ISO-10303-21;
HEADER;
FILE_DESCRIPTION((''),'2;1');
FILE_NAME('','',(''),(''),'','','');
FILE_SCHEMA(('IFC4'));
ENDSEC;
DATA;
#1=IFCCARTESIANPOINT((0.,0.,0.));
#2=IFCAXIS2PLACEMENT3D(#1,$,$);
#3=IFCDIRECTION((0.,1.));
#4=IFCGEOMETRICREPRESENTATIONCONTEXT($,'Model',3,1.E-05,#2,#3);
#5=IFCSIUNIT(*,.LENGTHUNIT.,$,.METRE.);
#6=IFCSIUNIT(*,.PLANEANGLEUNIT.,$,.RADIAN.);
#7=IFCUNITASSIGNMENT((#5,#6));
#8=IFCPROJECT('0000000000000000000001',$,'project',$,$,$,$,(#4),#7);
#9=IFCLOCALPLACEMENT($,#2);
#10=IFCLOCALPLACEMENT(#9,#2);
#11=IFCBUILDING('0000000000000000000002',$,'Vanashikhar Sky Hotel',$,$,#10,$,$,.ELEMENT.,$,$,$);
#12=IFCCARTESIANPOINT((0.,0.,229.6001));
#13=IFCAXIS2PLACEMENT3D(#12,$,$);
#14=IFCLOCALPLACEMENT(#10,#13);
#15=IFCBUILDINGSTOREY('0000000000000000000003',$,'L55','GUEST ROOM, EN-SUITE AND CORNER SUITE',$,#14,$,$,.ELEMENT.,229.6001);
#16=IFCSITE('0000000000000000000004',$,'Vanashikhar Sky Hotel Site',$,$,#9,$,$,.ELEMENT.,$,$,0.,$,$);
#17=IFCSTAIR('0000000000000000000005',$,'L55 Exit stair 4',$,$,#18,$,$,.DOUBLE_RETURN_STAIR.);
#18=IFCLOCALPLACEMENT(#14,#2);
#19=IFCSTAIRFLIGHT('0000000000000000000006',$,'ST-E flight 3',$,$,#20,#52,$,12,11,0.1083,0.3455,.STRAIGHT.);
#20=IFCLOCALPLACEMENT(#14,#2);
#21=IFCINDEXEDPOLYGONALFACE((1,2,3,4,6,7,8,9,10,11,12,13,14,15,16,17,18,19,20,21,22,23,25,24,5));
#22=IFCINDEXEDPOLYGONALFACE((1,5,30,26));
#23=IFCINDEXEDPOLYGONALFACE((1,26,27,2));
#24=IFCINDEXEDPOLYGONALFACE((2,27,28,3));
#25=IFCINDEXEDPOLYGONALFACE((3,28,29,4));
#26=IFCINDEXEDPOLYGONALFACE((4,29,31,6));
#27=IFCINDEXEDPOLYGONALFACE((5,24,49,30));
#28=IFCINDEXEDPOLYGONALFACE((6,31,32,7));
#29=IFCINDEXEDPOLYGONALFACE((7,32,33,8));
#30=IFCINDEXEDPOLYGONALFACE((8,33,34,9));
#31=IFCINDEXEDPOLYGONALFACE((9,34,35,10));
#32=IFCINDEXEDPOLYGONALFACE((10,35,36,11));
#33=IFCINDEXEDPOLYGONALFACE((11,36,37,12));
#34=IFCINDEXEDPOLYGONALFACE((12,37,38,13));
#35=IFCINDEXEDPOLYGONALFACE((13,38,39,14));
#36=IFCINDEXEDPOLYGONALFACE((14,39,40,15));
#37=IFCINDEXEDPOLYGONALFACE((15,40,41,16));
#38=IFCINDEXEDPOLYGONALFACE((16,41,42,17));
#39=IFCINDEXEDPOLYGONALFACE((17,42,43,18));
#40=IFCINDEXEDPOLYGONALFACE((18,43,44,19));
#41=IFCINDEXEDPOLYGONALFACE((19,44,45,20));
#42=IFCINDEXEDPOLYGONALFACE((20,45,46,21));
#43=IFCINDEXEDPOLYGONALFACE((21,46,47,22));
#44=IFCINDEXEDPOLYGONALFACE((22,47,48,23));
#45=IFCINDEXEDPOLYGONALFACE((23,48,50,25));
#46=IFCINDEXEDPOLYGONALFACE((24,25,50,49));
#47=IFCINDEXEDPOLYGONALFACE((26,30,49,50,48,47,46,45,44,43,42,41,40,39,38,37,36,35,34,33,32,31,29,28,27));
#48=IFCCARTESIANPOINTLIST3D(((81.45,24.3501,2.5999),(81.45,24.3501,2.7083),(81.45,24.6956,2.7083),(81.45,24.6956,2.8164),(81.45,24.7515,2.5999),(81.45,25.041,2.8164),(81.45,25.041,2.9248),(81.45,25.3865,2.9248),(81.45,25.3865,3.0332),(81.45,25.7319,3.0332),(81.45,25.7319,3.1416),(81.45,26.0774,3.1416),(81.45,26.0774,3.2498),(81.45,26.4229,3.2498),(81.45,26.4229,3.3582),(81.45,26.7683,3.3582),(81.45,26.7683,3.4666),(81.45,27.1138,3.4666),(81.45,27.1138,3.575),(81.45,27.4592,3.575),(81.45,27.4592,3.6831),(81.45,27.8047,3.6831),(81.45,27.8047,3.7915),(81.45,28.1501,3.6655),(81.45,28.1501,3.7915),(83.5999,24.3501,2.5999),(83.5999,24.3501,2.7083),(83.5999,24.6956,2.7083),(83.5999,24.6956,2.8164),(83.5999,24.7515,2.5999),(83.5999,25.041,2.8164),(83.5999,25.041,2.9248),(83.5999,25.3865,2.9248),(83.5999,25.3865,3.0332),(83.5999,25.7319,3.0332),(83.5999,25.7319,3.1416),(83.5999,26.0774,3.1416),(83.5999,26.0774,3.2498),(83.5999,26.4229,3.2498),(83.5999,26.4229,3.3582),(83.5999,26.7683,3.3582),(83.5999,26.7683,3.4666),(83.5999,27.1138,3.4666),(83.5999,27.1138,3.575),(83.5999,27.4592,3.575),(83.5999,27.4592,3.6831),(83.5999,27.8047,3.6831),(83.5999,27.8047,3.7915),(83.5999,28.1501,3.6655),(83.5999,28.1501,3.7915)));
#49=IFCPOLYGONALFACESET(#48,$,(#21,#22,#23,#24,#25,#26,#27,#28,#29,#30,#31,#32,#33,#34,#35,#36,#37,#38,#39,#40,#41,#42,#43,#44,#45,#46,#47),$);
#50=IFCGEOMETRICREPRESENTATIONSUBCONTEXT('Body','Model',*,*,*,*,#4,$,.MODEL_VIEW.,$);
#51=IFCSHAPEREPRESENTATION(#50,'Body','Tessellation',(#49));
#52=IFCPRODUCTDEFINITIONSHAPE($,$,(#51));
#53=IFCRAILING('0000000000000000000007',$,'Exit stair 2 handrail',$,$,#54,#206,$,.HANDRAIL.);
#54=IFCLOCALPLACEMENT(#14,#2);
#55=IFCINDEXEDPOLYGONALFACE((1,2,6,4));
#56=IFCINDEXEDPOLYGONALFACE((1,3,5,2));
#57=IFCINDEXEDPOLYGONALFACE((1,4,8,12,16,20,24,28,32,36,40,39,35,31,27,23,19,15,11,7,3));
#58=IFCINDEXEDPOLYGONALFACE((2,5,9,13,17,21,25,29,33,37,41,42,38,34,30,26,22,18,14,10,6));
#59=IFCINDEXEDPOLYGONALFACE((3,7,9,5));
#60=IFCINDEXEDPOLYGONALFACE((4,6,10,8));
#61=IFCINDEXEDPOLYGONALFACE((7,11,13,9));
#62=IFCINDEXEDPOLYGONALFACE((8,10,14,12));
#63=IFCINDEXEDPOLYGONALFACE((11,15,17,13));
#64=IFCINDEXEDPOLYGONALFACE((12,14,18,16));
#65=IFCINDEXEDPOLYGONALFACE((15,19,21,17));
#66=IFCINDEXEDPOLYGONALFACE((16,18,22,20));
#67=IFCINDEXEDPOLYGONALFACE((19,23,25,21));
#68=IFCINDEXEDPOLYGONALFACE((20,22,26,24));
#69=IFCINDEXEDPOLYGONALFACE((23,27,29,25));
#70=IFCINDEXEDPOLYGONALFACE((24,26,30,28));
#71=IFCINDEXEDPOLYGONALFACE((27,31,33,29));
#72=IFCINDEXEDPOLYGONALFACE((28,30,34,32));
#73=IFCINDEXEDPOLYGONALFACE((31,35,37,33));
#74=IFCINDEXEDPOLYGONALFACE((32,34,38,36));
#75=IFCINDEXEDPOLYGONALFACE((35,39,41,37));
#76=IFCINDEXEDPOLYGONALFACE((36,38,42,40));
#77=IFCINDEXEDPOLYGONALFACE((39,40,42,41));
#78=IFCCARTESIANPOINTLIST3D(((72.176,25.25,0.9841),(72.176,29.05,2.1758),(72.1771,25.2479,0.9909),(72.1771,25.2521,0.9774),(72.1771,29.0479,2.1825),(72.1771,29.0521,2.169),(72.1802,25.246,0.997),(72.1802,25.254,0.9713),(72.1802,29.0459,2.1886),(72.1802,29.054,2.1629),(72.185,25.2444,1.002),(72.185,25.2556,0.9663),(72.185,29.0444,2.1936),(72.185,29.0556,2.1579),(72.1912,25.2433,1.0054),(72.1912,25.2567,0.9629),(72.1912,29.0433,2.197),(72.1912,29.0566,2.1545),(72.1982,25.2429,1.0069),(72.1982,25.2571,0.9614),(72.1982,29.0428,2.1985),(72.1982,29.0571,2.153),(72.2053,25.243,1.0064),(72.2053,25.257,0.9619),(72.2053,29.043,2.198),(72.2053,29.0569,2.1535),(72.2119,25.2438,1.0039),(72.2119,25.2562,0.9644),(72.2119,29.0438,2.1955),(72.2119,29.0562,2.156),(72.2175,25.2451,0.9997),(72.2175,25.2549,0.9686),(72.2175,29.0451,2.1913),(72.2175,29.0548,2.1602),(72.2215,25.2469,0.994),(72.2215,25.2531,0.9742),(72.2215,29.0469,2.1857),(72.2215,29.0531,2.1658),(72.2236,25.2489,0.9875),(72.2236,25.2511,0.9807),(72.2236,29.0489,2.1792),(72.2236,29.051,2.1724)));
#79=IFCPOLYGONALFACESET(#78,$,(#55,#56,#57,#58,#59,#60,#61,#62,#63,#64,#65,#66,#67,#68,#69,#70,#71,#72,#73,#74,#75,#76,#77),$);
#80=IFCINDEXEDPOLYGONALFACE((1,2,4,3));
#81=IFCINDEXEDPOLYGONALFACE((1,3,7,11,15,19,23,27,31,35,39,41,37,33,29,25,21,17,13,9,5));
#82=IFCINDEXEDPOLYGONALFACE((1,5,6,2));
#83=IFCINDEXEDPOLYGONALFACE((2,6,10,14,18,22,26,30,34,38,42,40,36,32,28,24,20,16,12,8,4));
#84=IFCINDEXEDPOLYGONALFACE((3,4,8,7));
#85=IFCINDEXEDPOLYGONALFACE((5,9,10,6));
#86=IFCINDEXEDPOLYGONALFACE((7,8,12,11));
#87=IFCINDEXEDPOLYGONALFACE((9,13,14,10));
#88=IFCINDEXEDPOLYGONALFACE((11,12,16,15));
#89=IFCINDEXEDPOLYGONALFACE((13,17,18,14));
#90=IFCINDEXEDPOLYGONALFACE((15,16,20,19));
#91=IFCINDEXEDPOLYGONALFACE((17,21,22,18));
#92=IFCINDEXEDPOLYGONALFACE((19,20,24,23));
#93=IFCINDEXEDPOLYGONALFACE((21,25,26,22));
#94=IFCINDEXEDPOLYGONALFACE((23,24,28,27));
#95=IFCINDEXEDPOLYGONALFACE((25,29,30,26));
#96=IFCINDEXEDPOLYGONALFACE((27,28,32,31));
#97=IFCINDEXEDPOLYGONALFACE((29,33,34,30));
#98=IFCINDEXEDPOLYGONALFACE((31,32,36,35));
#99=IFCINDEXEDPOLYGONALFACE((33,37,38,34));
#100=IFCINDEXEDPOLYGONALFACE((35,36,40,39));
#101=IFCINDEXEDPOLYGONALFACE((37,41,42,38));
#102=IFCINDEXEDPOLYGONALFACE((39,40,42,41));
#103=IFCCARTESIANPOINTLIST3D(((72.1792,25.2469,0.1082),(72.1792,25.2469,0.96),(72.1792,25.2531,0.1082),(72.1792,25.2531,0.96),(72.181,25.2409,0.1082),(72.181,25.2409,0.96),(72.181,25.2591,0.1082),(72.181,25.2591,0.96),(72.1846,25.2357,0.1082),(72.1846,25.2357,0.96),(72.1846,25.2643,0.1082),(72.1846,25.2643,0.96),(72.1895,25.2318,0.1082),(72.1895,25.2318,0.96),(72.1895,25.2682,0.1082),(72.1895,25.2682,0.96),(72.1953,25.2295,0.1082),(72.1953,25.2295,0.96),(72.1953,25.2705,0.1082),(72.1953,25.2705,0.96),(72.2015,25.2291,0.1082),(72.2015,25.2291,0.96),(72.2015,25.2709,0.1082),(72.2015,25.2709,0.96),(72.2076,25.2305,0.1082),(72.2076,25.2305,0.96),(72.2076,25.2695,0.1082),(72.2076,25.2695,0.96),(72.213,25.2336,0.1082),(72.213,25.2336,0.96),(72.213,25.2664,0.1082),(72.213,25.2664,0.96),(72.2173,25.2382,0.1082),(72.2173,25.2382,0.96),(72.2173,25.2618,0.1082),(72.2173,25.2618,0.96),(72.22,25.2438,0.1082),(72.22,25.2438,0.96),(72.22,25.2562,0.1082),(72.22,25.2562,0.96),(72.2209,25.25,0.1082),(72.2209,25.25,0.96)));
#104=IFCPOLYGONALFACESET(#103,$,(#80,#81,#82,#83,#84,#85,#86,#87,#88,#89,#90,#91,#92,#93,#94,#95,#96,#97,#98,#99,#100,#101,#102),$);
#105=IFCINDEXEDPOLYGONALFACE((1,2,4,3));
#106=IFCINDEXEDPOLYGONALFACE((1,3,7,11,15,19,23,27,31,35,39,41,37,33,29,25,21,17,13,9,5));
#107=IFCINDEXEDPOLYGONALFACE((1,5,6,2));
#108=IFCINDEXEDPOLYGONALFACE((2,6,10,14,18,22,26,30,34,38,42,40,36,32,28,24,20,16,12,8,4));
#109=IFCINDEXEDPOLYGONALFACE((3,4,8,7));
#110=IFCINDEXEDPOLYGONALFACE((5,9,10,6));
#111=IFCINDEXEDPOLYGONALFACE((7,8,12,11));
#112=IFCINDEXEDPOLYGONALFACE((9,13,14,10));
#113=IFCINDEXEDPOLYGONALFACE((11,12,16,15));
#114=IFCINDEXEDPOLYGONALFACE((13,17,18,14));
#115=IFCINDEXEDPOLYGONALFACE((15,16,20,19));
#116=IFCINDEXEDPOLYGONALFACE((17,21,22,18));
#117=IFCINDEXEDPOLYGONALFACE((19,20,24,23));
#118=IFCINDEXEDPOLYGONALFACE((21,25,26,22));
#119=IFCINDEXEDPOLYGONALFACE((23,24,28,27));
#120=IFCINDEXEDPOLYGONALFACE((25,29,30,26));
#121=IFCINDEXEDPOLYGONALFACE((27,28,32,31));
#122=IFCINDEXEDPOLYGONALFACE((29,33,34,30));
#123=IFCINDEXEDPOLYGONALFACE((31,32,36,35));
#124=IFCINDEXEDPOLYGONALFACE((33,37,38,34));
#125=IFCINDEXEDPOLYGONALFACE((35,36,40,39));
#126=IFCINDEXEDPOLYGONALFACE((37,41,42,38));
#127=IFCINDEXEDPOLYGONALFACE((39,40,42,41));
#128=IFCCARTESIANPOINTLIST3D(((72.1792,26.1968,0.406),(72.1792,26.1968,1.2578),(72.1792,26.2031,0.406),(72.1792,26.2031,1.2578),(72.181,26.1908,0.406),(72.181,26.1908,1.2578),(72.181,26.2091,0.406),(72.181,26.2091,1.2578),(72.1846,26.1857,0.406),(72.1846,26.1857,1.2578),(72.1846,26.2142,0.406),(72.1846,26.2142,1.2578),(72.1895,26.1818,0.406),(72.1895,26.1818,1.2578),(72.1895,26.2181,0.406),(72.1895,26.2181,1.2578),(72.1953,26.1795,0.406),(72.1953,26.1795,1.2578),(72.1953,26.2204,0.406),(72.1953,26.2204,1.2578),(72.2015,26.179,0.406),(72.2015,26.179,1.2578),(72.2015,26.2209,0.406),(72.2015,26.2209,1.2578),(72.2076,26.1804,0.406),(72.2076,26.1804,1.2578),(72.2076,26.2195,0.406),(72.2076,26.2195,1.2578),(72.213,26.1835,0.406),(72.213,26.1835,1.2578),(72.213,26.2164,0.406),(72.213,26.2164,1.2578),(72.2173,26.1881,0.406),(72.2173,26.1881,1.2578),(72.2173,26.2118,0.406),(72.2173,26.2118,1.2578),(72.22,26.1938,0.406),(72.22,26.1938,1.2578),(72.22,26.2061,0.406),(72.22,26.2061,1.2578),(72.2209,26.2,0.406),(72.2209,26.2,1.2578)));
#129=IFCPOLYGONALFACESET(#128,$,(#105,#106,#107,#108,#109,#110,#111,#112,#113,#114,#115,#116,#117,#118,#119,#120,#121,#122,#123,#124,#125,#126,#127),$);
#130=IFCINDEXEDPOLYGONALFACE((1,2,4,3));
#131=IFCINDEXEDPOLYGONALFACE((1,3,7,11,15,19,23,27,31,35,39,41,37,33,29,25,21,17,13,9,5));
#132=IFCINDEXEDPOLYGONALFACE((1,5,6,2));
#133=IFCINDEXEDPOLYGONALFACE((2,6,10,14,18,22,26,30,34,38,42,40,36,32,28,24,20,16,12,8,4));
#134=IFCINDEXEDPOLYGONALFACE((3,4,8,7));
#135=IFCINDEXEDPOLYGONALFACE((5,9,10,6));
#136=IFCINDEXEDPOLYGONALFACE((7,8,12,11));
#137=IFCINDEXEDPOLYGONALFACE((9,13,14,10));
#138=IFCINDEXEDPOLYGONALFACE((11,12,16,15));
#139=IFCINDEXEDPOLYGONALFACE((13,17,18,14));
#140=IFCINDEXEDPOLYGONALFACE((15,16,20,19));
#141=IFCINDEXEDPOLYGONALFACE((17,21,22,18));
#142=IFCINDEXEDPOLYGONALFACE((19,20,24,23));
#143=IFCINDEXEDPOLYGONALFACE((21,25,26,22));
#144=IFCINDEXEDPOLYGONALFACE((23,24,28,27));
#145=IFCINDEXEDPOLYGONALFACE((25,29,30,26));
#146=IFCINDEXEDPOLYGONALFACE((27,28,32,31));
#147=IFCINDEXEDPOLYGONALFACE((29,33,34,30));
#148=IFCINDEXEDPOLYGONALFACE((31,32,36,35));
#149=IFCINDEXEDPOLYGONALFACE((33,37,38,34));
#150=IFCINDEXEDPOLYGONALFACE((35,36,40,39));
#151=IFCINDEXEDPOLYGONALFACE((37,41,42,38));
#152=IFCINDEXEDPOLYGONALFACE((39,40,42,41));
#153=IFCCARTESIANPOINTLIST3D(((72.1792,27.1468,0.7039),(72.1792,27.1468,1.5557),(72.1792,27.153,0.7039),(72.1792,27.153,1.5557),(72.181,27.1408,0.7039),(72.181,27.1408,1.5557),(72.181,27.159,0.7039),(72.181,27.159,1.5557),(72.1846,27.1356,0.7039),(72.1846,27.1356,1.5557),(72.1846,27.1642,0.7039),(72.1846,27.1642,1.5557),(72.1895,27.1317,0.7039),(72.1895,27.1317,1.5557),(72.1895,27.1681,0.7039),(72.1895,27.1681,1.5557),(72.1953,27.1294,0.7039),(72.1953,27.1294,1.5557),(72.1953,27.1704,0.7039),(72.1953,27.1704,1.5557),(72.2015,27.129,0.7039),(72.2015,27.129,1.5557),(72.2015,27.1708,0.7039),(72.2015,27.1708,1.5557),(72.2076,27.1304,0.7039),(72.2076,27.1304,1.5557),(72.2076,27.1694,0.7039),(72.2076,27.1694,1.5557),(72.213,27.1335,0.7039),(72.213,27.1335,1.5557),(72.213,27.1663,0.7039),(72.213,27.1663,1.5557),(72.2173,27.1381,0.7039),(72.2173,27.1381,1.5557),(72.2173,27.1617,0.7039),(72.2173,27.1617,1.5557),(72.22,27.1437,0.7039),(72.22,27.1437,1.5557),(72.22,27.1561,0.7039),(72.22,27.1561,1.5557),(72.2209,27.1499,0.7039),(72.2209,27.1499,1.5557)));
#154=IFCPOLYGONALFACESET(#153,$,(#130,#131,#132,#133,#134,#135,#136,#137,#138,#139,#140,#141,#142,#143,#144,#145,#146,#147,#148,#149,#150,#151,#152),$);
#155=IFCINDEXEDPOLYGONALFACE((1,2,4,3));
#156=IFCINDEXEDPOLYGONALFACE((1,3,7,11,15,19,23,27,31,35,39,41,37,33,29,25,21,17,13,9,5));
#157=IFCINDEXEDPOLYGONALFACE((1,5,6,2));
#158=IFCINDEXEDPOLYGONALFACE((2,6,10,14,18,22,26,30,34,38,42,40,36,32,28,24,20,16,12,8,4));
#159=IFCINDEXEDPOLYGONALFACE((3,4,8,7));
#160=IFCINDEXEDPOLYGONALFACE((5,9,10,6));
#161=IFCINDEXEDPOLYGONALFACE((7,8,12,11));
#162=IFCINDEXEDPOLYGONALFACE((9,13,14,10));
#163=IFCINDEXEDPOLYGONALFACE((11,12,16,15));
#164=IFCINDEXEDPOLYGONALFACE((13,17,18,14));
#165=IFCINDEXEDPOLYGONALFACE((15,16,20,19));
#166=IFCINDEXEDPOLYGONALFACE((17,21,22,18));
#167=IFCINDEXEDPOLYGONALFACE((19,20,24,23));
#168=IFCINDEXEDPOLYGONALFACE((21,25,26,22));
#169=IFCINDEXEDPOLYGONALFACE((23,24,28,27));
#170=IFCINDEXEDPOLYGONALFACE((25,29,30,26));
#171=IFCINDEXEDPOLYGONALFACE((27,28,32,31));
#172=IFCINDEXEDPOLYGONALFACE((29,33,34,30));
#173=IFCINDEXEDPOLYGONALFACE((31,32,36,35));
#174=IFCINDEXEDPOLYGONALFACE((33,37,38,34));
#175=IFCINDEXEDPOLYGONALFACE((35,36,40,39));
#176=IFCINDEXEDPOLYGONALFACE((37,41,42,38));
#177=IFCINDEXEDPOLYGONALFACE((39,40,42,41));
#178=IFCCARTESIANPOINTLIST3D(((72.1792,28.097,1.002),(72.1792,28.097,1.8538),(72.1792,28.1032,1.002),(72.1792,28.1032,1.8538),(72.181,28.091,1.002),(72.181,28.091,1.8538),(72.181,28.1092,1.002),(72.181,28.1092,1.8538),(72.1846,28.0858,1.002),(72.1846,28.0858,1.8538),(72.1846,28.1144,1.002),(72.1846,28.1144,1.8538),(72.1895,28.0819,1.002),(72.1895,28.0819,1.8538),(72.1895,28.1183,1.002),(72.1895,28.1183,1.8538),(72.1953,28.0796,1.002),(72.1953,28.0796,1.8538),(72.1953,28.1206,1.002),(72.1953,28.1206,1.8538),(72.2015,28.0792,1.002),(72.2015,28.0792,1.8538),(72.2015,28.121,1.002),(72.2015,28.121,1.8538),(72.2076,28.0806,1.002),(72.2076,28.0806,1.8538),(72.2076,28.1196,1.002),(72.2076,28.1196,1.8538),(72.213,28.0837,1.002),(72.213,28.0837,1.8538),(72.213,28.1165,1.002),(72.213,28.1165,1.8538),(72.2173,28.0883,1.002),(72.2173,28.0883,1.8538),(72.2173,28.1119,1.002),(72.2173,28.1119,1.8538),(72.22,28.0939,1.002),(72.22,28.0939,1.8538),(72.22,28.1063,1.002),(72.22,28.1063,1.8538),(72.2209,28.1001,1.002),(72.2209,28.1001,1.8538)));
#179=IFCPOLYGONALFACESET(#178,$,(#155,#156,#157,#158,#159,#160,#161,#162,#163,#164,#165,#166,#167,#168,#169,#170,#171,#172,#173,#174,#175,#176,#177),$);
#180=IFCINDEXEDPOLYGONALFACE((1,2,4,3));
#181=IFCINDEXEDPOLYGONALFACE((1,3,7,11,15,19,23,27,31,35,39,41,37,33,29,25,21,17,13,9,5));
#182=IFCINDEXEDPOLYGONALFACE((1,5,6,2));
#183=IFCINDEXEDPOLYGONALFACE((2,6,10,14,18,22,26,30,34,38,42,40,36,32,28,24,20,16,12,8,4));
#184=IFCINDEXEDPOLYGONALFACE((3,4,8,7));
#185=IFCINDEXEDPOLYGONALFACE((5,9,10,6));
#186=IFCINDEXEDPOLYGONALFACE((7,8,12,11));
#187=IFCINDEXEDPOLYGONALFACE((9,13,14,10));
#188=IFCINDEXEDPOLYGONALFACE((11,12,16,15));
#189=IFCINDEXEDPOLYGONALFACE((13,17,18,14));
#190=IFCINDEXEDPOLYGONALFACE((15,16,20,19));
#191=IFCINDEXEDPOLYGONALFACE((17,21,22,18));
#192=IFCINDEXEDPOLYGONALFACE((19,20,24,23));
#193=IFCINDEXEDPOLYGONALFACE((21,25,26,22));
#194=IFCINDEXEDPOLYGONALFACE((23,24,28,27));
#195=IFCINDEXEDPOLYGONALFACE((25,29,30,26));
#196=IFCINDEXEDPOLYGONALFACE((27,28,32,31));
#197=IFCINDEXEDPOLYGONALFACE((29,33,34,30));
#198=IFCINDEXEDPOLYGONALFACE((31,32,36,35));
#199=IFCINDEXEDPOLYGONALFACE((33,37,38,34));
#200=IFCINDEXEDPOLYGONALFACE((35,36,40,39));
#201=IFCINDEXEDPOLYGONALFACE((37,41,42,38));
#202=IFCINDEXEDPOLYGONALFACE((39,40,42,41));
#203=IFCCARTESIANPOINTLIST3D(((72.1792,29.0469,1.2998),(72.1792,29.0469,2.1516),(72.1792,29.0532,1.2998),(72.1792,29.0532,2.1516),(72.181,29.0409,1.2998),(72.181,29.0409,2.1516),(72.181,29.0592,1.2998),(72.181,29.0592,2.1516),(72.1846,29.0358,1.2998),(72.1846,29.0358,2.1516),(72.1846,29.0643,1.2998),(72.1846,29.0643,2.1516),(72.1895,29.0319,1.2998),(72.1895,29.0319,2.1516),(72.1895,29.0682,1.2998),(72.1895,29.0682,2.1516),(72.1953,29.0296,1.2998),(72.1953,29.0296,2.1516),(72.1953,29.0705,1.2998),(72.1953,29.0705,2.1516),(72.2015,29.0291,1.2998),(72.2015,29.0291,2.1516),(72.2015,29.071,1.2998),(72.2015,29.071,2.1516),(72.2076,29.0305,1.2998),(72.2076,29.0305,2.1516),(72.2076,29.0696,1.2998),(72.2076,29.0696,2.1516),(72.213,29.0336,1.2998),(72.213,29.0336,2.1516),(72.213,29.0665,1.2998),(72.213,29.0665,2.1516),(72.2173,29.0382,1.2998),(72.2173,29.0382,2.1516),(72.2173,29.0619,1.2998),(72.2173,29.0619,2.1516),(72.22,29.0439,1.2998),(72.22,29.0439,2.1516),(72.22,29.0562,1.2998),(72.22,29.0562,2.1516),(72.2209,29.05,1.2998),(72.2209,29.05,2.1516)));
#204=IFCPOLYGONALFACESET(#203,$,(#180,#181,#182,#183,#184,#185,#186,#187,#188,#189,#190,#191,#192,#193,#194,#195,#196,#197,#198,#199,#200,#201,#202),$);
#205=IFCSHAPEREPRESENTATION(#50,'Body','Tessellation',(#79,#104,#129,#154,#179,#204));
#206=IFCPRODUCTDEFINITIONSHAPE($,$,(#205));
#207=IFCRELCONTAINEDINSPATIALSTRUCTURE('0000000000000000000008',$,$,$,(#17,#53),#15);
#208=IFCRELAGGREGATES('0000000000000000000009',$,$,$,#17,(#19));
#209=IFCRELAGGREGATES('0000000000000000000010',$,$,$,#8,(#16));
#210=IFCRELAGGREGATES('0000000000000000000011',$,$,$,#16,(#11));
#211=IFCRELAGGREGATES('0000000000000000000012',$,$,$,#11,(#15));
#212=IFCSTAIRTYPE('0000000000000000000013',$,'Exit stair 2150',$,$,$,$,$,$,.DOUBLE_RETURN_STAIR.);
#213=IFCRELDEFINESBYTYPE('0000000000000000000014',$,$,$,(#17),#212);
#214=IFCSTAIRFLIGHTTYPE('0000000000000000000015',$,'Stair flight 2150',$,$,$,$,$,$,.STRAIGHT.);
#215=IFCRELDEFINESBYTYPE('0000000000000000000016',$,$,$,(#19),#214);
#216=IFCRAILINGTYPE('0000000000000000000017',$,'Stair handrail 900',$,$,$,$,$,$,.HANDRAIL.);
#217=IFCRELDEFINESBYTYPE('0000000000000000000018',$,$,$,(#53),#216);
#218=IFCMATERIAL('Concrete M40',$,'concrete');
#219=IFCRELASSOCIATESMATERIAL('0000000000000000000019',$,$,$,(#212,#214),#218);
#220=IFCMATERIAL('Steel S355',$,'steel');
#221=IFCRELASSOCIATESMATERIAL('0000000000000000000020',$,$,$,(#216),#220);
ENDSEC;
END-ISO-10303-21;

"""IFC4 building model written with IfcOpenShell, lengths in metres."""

from ifc_helpers import new_model, si_unit, direction, frame, origin, origin_2d, place, context, subcontext, project, spatial, polyline, circle, outline, extrude, source, transform, mapped, material, type_object, element, aggregate, save


model = new_model("IFC4")

# Units and contexts
model_context = context("Model", 3, precision=1e-05, world=origin(), true_north=direction((0.0, 1.0)))
body_context = subcontext(model_context, "Body", "Model", "MODEL_VIEW")
ifc_project = project(units=[si_unit("LENGTHUNIT", "METRE"), si_unit("PLANEANGLEUNIT", "RADIAN")], contexts=[model_context])

# Site, building, storey
site_placement = place(None, origin())
site = spatial("IfcSite", under=ifc_project, at=site_placement, Name="Vanashikhar Sky Hotel Site", CompositionType="ELEMENT", RefElevation=0.0)
building_placement = place(site_placement, origin())
building = spatial("IfcBuilding", under=site, at=building_placement, Name="Vanashikhar Sky Hotel", CompositionType="ELEMENT")
storey_placement = place(building_placement, frame((0.0, 0.0, 229.6001)))
storey = spatial("IfcBuildingStorey", under=building, at=storey_placement, Name="L55", Description="GUEST ROOM, EN-SUITE AND CORNER SUITE", CompositionType="ELEMENT", Elevation=229.6001)

# Stair, stair flight
ifc_material_1 = material(Name="Concrete M40", Category="concrete")
stair_type = type_object("IfcStairType", Name="Exit stair 2150", PredefinedType="DOUBLE_RETURN_STAIR", material=ifc_material_1)
stair_placement = place(storey_placement, origin())
stair = element("IfcStair", 1, at=stair_placement, inside=storey, type_object=stair_type, Name="L55 Exit stair 4", PredefinedType="DOUBLE_RETURN_STAIR")
stair_flight_type = type_object("IfcStairFlightType", Name="Stair flight 2150", PredefinedType="STRAIGHT", material=ifc_material_1)
shared_shape_1 = source(origin(), body_context, "Body", "SweptSolid", [
    extrude(outline(polyline([(0.0, 0.0), (0.0, 0.1084), (0.3455, 0.1084), (0.3455, 0.2166), (0.6909, 0.2166), (0.6909, 0.325), (1.0364, 0.325), (1.0364, 0.4333), (1.3818, 0.4333), (1.3818, 0.5417), (1.7273, 0.5417), (1.7273, 0.6499), (2.0728, 0.6499), (2.0728, 0.7583), (2.4182, 0.7583), (2.4182, 0.8667), (2.7637, 0.8667), (2.7637, 0.9751), (3.1091, 0.9751), (3.1091, 1.0833), (3.4546, 1.0833), (3.4546, 1.1917), (3.8, 1.1917), (3.8, 1.3), (3.8, 1.0657), (0.4014, 0.0), (0.0, 0.0)])), frame((0.0, 1.075, 0.0), z_axis=(0.0, -1.0, 0.0), x_axis=(1.0, 0.0, 0.0)), (0.0, 0.0, 1.0), 2.1499),
])
stair_flight_1_placement = place(storey_placement, frame((82.5249, 24.3501, 2.5999), z_axis=(0.0, 0.0, 1.0), x_axis=(0.0, 1.0, 0.0)))
stair_flight_1 = element("IfcStairFlight", 2, at=stair_flight_1_placement, type_object=stair_flight_type, Name="ST-E flight 3", NumberOfRisers=12, NumberOfTreads=11, PredefinedType="STRAIGHT", RiserHeight=0.1083, TreadLength=0.3455, context=body_context, shape_type="MappedRepresentation", body=[
    mapped(shared_shape_1, transform((0.0, 0.0, 0.0), scale=1.0)),
])
aggregate(stair, [stair_flight_1])

# Railing
ifc_material_2 = material(Name="Steel S355", Category="steel")
railing_type_1 = type_object("IfcRailingType", Name="Stair handrail 900", PredefinedType="HANDRAIL", material=ifc_material_2)
shared_shape_2 = source(origin(), body_context, "Body", "SweptSolid", [
    extrude(circle(Radius=0.0239, at=origin_2d()), frame((0.0, 0.0, 0.876), z_axis=(0.0, 0.954184, 0.299221), x_axis=(-1.0, 0.0, 0.0)), (0.0, 0.0, 1.0), 3.9824),
    extrude(circle(Radius=0.021, at=origin_2d()), origin(), (0.0, 0.0, 1.0), 0.8518),
    extrude(circle(Radius=0.021, at=origin_2d()), frame((0.0, 0.95, 0.2979)), (0.0, 0.0, 1.0), 0.8518),
    extrude(circle(Radius=0.021, at=origin_2d()), frame((0.0, 1.8999, 0.5957)), (0.0, 0.0, 1.0), 0.8518),
    extrude(circle(Radius=0.021, at=origin_2d()), frame((0.0, 2.8501, 0.8938)), (0.0, 0.0, 1.0), 0.8518),
    extrude(circle(Radius=0.021, at=origin_2d()), frame((0.0, 3.8, 1.1917)), (0.0, 0.0, 1.0), 0.8518),
])
for number, where, name in (
    (3, (72.2, 25.25, 0.1082), "Exit stair 2 handrail"),
):
    element("IfcRailing", number, at=place(storey_placement, frame(where)), inside=storey, type_object=railing_type_1, Name=name, PredefinedType="HANDRAIL", context=body_context, shape_type="MappedRepresentation", body=[
        mapped(shared_shape_2, transform((0.0, 0.0, 0.0), scale=1.0)),
    ])

save(model, "model.ifc")
